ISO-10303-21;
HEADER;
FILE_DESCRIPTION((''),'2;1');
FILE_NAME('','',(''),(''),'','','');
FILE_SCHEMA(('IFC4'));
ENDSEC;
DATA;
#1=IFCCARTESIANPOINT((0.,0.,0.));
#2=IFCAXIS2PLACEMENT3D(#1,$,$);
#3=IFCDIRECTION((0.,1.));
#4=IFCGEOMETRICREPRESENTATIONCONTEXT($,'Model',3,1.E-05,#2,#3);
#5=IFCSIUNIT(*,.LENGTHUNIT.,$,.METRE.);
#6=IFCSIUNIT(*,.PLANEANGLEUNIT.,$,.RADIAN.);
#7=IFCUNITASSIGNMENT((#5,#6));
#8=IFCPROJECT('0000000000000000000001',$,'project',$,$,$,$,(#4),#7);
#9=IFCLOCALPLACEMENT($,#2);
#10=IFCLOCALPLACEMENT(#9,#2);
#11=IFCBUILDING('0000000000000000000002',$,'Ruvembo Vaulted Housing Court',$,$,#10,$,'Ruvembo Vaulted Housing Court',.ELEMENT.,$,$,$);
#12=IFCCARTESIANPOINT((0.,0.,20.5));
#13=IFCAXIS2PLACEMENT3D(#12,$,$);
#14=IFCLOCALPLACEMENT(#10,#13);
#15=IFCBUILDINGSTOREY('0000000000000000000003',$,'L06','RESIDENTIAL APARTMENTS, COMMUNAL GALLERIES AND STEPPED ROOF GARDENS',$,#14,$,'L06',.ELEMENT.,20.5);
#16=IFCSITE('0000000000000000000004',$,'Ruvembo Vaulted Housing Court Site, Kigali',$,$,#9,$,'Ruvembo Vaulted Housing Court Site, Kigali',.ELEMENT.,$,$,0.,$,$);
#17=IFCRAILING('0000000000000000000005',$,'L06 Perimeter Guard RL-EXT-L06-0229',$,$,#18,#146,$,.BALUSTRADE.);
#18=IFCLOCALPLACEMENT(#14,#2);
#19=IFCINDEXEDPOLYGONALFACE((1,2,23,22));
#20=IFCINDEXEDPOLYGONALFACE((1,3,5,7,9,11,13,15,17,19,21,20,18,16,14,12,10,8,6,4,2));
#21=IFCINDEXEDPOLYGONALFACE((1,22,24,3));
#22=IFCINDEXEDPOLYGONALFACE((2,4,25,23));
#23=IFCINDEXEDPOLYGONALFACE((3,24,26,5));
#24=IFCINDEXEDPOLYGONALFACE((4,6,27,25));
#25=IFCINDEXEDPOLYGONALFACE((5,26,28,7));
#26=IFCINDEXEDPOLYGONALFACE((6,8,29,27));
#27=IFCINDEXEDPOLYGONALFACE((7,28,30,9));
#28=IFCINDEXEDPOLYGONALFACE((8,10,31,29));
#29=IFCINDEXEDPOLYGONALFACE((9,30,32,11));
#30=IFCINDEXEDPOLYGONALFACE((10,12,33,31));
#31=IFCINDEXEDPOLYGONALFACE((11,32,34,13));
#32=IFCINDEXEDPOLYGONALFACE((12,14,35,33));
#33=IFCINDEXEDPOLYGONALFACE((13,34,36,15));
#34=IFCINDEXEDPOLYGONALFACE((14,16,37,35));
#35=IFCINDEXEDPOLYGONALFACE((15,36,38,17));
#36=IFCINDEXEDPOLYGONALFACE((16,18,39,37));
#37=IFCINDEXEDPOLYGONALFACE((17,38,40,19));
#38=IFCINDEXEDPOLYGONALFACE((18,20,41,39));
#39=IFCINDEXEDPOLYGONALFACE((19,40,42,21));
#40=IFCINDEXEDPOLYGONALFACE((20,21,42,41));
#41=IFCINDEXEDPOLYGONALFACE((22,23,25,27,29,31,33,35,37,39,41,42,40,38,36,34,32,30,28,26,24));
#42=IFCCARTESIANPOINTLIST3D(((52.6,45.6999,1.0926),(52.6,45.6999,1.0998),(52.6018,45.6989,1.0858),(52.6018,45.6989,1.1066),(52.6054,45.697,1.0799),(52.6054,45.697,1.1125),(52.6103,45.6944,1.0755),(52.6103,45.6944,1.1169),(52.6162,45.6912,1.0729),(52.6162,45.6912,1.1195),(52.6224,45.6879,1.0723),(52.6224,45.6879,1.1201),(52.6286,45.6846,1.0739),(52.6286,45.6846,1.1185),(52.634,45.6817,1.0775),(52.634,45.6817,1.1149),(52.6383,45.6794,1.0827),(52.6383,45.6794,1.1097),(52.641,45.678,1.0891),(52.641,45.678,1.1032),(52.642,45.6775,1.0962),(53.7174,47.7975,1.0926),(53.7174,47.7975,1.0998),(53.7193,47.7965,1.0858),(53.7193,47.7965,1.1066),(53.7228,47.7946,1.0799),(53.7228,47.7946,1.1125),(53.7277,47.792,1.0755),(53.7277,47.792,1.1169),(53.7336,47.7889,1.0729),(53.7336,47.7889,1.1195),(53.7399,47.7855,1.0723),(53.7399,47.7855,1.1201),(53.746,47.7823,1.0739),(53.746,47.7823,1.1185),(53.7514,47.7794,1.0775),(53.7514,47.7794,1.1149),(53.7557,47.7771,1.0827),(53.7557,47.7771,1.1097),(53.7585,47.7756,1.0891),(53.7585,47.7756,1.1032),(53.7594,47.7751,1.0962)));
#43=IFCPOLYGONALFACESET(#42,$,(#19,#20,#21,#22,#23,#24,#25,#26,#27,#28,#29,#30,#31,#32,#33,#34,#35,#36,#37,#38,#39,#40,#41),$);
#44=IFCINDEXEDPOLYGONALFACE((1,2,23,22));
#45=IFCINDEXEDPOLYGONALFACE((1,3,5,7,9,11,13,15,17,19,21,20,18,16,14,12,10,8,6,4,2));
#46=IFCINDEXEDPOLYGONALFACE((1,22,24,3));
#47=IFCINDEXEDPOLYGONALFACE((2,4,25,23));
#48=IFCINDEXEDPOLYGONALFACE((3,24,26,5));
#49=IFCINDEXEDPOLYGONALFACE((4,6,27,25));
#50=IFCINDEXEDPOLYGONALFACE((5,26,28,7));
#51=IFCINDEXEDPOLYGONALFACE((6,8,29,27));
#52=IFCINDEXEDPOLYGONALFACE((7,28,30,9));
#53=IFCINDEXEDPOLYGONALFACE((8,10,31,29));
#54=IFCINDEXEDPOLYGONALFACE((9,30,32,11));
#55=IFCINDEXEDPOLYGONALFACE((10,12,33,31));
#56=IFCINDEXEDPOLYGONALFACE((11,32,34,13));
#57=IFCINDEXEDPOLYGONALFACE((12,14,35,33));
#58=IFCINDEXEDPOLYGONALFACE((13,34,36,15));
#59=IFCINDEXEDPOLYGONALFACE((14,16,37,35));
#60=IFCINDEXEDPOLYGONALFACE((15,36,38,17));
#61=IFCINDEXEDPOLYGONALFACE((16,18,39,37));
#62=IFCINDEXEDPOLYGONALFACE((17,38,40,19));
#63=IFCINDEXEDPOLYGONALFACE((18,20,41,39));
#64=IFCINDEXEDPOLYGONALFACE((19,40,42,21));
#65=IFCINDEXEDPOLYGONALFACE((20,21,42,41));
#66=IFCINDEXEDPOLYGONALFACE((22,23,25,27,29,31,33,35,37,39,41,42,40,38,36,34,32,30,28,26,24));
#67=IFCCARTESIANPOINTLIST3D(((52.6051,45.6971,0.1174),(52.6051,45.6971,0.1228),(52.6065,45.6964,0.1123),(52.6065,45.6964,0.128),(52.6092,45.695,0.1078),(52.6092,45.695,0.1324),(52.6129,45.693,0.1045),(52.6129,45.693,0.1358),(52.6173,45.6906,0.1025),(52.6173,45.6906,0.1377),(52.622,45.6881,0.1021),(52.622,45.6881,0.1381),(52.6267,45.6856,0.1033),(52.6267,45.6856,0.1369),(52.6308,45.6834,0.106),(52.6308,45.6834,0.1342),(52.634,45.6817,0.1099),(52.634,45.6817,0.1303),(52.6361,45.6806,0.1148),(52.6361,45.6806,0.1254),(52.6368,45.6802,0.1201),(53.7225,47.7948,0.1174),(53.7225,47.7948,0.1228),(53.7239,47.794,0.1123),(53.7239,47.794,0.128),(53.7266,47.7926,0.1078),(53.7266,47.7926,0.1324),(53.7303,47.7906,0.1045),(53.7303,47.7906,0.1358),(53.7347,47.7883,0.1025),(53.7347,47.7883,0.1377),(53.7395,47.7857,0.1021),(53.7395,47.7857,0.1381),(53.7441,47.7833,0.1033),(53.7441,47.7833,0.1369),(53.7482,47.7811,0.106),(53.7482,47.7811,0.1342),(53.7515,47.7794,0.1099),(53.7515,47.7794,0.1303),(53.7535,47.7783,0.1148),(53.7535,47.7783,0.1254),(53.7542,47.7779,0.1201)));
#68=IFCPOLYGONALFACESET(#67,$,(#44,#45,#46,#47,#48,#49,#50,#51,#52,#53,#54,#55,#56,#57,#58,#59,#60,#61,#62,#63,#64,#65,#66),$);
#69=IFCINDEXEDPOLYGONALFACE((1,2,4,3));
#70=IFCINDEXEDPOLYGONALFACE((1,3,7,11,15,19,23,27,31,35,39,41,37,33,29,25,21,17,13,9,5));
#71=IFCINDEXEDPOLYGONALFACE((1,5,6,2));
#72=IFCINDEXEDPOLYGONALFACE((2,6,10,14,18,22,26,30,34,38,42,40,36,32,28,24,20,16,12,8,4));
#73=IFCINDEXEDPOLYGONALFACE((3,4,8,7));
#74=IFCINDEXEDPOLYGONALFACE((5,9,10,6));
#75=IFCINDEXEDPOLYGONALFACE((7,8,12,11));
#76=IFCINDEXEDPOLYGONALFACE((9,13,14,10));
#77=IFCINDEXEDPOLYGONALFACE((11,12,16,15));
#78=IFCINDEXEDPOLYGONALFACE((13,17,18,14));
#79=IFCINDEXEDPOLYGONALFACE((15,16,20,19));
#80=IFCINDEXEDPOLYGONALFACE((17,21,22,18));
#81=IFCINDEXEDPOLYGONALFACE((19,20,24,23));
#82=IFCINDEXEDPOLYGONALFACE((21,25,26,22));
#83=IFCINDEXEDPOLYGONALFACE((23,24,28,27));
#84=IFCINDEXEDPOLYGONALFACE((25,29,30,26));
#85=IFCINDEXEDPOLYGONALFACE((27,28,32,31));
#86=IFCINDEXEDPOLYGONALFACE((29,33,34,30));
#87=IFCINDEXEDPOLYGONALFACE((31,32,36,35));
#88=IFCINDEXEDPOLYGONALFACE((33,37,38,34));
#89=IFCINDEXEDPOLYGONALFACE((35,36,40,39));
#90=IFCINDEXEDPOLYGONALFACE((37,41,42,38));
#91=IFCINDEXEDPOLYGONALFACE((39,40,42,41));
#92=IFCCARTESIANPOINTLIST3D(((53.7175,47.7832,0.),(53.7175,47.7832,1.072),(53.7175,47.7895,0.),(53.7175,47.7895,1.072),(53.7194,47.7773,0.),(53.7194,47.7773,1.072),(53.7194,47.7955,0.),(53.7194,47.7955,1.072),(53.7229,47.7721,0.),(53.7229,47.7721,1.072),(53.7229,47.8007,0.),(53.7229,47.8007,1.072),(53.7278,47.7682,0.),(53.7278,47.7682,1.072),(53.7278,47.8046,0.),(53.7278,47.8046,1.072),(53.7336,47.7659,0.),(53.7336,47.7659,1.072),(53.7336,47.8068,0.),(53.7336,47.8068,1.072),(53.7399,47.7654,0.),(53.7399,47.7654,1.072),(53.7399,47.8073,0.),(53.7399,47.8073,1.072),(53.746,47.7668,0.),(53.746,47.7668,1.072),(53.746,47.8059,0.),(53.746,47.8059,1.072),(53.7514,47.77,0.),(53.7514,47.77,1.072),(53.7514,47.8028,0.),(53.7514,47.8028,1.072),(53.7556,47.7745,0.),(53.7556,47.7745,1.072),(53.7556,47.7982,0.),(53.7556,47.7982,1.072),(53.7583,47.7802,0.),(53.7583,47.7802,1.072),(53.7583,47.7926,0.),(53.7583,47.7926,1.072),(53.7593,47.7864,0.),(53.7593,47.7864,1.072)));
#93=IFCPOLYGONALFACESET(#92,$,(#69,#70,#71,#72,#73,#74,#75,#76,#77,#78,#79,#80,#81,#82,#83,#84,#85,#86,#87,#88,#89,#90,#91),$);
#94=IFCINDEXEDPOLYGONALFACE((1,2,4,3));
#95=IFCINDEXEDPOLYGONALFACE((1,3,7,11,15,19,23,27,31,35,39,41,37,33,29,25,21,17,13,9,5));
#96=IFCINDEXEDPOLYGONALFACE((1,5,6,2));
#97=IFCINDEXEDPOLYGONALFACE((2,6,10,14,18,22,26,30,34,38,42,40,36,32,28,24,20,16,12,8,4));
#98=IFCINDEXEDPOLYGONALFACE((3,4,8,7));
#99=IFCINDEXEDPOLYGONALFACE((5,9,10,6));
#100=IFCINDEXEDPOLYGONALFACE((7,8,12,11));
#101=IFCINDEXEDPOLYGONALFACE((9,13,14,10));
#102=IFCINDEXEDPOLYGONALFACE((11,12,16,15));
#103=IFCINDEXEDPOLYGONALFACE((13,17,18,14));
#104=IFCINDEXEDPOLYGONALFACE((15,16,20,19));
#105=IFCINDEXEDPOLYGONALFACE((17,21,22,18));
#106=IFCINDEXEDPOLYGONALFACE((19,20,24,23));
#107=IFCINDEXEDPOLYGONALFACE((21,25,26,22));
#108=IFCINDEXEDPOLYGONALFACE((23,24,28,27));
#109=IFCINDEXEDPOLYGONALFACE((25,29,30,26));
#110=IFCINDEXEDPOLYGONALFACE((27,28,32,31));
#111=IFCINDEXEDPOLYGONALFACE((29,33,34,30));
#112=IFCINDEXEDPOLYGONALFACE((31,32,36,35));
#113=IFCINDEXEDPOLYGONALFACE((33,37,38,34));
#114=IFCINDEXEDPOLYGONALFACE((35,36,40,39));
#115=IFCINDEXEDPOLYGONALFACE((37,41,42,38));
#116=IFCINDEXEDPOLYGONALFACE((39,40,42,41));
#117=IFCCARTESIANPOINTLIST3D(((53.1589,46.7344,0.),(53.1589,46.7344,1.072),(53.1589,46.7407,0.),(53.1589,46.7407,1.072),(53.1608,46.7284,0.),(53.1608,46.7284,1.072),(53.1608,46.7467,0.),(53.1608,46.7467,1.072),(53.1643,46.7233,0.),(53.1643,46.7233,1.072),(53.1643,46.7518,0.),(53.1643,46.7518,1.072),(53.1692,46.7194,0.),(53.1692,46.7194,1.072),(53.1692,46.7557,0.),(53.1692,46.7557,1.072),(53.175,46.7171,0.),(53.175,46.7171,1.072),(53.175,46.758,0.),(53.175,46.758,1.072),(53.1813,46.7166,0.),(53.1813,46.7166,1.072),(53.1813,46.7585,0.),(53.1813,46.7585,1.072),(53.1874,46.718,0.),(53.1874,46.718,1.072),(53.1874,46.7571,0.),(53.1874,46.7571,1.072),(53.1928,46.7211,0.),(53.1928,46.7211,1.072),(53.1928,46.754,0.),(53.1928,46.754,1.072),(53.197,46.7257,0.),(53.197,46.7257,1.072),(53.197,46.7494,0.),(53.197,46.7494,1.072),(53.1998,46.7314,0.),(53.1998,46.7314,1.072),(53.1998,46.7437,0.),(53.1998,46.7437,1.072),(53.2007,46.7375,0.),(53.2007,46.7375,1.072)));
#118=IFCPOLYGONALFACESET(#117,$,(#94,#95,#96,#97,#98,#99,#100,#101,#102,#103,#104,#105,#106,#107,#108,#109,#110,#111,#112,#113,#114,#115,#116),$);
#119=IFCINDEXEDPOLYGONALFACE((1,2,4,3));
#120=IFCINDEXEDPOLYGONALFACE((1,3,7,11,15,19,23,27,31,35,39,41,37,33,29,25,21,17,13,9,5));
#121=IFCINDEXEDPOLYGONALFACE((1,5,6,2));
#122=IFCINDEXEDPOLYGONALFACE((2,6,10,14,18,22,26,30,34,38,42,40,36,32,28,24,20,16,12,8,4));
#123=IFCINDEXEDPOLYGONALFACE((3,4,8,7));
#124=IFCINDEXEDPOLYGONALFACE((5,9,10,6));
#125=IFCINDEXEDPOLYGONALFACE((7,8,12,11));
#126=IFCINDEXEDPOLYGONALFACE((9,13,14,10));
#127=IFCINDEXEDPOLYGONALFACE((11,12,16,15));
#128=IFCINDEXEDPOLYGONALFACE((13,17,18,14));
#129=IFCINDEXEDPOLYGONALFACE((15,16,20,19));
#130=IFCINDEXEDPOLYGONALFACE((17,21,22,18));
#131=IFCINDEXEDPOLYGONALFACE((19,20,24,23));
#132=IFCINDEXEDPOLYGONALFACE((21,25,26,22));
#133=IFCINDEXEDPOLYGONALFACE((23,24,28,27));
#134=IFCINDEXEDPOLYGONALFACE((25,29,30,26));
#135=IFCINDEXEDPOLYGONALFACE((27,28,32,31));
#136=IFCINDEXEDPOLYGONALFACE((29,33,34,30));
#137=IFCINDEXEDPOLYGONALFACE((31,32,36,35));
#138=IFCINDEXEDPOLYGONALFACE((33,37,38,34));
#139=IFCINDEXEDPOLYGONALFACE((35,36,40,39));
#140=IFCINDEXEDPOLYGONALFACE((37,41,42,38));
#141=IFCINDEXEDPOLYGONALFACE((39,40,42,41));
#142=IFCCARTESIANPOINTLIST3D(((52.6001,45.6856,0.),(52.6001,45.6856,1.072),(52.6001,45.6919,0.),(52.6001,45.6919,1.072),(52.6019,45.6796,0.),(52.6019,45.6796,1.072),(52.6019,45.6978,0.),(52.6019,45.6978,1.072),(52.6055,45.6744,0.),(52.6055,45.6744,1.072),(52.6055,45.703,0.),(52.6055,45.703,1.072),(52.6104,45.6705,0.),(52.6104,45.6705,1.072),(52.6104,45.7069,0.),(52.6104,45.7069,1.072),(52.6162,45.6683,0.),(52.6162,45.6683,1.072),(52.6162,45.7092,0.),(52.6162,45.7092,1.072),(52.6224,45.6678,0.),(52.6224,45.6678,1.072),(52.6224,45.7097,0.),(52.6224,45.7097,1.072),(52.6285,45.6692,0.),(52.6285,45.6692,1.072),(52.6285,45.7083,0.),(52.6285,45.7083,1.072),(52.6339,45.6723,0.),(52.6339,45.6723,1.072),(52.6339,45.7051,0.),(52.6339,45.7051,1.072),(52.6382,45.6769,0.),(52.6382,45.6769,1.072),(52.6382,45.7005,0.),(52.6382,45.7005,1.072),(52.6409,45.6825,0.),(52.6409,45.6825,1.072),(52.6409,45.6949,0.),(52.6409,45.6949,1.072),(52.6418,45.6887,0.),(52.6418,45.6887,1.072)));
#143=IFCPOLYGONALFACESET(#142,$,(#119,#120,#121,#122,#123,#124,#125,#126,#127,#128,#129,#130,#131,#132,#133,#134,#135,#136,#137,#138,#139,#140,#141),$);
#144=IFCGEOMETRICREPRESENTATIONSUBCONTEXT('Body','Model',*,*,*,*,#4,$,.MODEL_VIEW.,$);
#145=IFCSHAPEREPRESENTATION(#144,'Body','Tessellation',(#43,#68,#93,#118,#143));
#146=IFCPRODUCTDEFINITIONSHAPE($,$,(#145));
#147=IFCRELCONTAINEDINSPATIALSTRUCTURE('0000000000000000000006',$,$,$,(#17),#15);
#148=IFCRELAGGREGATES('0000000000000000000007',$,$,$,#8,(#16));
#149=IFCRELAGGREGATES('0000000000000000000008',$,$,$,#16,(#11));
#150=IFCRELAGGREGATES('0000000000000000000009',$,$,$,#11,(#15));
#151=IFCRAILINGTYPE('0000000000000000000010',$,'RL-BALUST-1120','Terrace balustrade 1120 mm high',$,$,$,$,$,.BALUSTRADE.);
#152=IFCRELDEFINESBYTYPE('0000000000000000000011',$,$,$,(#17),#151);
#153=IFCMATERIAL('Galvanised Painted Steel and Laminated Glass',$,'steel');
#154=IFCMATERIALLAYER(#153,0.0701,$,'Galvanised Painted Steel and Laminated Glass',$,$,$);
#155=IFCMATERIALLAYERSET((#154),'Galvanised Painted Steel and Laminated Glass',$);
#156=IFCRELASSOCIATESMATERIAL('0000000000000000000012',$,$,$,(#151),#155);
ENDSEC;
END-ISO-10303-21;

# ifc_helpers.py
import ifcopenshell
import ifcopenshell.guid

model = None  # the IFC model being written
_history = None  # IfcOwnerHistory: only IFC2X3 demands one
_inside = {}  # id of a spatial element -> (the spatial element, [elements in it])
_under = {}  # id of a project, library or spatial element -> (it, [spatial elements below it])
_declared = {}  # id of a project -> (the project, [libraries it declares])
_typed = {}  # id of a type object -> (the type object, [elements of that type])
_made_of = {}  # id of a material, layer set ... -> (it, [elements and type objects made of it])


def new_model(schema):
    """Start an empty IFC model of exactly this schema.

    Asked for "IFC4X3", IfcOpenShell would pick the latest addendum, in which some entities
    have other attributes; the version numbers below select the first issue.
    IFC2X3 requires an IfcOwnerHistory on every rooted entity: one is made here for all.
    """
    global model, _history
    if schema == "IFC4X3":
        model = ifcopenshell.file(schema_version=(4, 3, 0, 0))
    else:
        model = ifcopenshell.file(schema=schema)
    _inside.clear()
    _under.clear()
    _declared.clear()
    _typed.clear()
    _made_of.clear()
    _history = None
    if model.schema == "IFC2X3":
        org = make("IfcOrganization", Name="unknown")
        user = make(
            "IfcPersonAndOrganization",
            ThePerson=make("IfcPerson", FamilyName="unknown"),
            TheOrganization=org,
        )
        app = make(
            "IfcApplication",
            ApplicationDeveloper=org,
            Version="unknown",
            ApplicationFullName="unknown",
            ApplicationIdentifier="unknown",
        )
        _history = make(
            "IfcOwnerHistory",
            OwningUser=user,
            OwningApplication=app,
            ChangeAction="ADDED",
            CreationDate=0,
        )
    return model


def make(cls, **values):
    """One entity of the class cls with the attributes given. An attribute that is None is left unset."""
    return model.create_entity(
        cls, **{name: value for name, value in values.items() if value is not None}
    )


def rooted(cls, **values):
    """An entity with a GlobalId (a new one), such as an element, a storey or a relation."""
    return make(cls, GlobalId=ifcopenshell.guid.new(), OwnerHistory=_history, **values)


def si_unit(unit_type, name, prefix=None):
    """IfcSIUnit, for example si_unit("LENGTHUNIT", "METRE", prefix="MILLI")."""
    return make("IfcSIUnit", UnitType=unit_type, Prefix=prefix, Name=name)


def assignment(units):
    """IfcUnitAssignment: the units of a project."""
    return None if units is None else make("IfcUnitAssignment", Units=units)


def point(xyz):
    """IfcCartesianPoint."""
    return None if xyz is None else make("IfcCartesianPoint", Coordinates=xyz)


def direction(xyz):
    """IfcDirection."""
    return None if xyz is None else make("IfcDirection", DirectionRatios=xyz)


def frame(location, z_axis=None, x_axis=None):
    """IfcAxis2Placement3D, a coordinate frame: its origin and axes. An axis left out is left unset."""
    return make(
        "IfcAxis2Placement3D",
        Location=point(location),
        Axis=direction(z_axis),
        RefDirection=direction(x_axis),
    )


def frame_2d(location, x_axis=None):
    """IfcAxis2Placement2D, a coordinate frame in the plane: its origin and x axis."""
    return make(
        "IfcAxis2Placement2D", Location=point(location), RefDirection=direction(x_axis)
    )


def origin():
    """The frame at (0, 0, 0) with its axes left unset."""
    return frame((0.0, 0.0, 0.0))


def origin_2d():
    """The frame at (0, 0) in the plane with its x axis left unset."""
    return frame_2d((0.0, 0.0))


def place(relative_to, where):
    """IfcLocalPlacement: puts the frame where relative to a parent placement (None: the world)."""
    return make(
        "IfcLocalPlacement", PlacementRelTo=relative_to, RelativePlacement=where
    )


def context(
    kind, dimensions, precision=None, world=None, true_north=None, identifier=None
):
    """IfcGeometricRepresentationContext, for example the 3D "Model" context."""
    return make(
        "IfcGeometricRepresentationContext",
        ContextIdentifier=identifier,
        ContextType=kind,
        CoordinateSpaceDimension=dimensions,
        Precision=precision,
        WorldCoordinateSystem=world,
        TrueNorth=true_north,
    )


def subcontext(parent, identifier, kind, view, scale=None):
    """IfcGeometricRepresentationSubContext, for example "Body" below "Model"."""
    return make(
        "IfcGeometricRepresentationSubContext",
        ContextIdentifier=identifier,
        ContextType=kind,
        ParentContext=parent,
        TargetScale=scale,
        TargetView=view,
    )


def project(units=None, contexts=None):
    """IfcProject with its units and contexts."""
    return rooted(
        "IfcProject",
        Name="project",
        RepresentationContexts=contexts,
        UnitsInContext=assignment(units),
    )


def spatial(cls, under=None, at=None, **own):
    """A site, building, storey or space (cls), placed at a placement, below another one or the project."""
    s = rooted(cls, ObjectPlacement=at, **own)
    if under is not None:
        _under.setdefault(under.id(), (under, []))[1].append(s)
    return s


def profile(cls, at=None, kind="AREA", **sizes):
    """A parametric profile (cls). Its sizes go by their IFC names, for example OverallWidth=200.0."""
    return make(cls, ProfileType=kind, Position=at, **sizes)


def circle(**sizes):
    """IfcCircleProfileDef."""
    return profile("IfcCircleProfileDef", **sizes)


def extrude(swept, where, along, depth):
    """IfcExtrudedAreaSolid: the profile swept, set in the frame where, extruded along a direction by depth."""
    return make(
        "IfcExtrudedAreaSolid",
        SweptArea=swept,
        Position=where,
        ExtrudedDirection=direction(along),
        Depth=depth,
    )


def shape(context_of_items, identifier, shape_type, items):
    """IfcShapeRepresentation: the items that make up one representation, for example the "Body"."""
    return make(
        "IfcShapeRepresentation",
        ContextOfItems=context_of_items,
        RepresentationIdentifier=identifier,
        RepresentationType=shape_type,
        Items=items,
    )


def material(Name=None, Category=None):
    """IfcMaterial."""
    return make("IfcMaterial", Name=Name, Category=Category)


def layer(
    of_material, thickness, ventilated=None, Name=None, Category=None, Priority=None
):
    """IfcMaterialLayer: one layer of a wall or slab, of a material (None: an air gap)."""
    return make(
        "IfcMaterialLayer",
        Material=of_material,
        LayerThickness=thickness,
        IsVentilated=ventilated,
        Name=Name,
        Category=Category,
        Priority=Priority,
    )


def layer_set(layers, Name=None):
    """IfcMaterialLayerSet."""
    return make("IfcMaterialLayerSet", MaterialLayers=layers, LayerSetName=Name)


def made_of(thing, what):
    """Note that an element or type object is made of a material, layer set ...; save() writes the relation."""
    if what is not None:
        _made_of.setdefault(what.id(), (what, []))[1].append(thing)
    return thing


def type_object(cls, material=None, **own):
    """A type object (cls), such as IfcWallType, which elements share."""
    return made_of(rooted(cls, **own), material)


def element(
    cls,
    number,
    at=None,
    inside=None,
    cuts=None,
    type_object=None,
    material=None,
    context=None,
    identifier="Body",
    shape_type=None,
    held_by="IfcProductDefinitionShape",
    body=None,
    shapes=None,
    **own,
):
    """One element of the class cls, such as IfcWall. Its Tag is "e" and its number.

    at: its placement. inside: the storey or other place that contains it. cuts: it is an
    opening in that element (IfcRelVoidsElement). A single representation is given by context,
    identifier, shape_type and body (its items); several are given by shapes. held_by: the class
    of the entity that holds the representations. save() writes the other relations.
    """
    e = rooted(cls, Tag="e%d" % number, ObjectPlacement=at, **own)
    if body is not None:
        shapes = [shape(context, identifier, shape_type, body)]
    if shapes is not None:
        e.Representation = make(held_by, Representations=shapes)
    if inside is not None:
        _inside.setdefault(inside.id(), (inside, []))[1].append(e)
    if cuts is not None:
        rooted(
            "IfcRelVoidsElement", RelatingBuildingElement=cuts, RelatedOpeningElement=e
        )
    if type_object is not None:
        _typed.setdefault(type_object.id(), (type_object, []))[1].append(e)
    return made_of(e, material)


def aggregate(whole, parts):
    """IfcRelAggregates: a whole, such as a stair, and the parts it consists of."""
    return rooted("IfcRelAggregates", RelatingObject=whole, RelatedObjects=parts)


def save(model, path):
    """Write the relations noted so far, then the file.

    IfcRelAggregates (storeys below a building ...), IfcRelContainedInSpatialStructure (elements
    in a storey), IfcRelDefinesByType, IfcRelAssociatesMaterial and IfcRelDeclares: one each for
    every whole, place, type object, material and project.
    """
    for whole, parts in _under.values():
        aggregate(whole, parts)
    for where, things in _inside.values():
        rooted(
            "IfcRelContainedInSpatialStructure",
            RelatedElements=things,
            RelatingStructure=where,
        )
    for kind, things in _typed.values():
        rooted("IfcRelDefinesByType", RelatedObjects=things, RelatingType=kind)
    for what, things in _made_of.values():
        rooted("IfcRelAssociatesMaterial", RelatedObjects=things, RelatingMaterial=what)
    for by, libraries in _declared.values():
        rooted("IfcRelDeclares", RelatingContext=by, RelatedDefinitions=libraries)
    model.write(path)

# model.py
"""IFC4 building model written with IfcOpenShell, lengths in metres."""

from ifc_helpers import new_model, si_unit, direction, frame, origin, origin_2d, place, context, subcontext, project, spatial, circle, extrude, material, layer, layer_set, type_object, element, save


model = new_model("IFC4")

# Units and contexts
model_context = context("Model", 3, precision=1e-05, world=origin(), true_north=direction((0.0, 1.0)))
body_context = subcontext(model_context, "Body", "Model", "MODEL_VIEW")
ifc_project = project(units=[si_unit("LENGTHUNIT", "METRE"), si_unit("PLANEANGLEUNIT", "RADIAN")], contexts=[model_context])

# Site, building, storey
site_placement = place(None, origin())
site = spatial("IfcSite", under=ifc_project, at=site_placement, Name="Ruvembo Vaulted Housing Court Site, Kigali", LongName="Ruvembo Vaulted Housing Court Site, Kigali", CompositionType="ELEMENT", RefElevation=0.0)
building_placement = place(site_placement, origin())
building = spatial("IfcBuilding", under=site, at=building_placement, Name="Ruvembo Vaulted Housing Court", LongName="Ruvembo Vaulted Housing Court", CompositionType="ELEMENT")
storey_placement = place(building_placement, frame((0.0, 0.0, 20.5)))
storey = spatial("IfcBuildingStorey", under=building, at=storey_placement, Name="L06", Description="RESIDENTIAL APARTMENTS, COMMUNAL GALLERIES AND STEPPED ROOF GARDENS", LongName="L06", CompositionType="ELEMENT", Elevation=20.5)

# Railing
ifc_material_1 = material(Name="Galvanised Painted Steel and Laminated Glass", Category="steel")
ifc_layer = layer(ifc_material_1, 0.0701, Name="Galvanised Painted Steel and Laminated Glass")
ifc_layer_set = layer_set([ifc_layer], Name="Galvanised Painted Steel and Laminated Glass")
railing_type = type_object("IfcRailingType", Name="RL-BALUST-1120", Description="Terrace balustrade 1120 mm high", PredefinedType="BALUSTRADE", material=ifc_layer_set)
railing_1_placement = place(storey_placement, frame((53.7383, 47.7864, 0.0)))
element("IfcRailing", 1, at=railing_1_placement, inside=storey, type_object=railing_type, Name="L06 Perimeter Guard RL-EXT-L06-0229", PredefinedType="BALUSTRADE", context=body_context, shape_type="SweptSolid", body=[
    extrude(circle(Radius=0.0239, at=origin_2d()), frame((0.0, 0.0, 1.0962), z_axis=(-0.470156, -0.882583, 0.0), x_axis=(0.882583, -0.470156, 0.0)), (0.0, 0.0, 1.0), 2.3767),
    extrude(circle(Radius=0.0181, at=origin_2d()), frame((0.0, 0.0, 0.1201), z_axis=(-0.470156, -0.882583, 0.0), x_axis=(0.882583, -0.470156, 0.0)), (0.0, 0.0, 1.0), 2.3767),
    extrude(circle(Radius=0.021, at=origin_2d()), origin(), (0.0, 0.0, 1.0), 1.072),
    extrude(circle(Radius=0.021, at=origin_2d()), frame((-0.5586, -1.0488, 0.0)), (0.0, 0.0, 1.0), 1.072),
    extrude(circle(Radius=0.021, at=origin_2d()), frame((-1.1174, -2.0977, 0.0)), (0.0, 0.0, 1.0), 1.072),
])

save(model, "model.ifc")
